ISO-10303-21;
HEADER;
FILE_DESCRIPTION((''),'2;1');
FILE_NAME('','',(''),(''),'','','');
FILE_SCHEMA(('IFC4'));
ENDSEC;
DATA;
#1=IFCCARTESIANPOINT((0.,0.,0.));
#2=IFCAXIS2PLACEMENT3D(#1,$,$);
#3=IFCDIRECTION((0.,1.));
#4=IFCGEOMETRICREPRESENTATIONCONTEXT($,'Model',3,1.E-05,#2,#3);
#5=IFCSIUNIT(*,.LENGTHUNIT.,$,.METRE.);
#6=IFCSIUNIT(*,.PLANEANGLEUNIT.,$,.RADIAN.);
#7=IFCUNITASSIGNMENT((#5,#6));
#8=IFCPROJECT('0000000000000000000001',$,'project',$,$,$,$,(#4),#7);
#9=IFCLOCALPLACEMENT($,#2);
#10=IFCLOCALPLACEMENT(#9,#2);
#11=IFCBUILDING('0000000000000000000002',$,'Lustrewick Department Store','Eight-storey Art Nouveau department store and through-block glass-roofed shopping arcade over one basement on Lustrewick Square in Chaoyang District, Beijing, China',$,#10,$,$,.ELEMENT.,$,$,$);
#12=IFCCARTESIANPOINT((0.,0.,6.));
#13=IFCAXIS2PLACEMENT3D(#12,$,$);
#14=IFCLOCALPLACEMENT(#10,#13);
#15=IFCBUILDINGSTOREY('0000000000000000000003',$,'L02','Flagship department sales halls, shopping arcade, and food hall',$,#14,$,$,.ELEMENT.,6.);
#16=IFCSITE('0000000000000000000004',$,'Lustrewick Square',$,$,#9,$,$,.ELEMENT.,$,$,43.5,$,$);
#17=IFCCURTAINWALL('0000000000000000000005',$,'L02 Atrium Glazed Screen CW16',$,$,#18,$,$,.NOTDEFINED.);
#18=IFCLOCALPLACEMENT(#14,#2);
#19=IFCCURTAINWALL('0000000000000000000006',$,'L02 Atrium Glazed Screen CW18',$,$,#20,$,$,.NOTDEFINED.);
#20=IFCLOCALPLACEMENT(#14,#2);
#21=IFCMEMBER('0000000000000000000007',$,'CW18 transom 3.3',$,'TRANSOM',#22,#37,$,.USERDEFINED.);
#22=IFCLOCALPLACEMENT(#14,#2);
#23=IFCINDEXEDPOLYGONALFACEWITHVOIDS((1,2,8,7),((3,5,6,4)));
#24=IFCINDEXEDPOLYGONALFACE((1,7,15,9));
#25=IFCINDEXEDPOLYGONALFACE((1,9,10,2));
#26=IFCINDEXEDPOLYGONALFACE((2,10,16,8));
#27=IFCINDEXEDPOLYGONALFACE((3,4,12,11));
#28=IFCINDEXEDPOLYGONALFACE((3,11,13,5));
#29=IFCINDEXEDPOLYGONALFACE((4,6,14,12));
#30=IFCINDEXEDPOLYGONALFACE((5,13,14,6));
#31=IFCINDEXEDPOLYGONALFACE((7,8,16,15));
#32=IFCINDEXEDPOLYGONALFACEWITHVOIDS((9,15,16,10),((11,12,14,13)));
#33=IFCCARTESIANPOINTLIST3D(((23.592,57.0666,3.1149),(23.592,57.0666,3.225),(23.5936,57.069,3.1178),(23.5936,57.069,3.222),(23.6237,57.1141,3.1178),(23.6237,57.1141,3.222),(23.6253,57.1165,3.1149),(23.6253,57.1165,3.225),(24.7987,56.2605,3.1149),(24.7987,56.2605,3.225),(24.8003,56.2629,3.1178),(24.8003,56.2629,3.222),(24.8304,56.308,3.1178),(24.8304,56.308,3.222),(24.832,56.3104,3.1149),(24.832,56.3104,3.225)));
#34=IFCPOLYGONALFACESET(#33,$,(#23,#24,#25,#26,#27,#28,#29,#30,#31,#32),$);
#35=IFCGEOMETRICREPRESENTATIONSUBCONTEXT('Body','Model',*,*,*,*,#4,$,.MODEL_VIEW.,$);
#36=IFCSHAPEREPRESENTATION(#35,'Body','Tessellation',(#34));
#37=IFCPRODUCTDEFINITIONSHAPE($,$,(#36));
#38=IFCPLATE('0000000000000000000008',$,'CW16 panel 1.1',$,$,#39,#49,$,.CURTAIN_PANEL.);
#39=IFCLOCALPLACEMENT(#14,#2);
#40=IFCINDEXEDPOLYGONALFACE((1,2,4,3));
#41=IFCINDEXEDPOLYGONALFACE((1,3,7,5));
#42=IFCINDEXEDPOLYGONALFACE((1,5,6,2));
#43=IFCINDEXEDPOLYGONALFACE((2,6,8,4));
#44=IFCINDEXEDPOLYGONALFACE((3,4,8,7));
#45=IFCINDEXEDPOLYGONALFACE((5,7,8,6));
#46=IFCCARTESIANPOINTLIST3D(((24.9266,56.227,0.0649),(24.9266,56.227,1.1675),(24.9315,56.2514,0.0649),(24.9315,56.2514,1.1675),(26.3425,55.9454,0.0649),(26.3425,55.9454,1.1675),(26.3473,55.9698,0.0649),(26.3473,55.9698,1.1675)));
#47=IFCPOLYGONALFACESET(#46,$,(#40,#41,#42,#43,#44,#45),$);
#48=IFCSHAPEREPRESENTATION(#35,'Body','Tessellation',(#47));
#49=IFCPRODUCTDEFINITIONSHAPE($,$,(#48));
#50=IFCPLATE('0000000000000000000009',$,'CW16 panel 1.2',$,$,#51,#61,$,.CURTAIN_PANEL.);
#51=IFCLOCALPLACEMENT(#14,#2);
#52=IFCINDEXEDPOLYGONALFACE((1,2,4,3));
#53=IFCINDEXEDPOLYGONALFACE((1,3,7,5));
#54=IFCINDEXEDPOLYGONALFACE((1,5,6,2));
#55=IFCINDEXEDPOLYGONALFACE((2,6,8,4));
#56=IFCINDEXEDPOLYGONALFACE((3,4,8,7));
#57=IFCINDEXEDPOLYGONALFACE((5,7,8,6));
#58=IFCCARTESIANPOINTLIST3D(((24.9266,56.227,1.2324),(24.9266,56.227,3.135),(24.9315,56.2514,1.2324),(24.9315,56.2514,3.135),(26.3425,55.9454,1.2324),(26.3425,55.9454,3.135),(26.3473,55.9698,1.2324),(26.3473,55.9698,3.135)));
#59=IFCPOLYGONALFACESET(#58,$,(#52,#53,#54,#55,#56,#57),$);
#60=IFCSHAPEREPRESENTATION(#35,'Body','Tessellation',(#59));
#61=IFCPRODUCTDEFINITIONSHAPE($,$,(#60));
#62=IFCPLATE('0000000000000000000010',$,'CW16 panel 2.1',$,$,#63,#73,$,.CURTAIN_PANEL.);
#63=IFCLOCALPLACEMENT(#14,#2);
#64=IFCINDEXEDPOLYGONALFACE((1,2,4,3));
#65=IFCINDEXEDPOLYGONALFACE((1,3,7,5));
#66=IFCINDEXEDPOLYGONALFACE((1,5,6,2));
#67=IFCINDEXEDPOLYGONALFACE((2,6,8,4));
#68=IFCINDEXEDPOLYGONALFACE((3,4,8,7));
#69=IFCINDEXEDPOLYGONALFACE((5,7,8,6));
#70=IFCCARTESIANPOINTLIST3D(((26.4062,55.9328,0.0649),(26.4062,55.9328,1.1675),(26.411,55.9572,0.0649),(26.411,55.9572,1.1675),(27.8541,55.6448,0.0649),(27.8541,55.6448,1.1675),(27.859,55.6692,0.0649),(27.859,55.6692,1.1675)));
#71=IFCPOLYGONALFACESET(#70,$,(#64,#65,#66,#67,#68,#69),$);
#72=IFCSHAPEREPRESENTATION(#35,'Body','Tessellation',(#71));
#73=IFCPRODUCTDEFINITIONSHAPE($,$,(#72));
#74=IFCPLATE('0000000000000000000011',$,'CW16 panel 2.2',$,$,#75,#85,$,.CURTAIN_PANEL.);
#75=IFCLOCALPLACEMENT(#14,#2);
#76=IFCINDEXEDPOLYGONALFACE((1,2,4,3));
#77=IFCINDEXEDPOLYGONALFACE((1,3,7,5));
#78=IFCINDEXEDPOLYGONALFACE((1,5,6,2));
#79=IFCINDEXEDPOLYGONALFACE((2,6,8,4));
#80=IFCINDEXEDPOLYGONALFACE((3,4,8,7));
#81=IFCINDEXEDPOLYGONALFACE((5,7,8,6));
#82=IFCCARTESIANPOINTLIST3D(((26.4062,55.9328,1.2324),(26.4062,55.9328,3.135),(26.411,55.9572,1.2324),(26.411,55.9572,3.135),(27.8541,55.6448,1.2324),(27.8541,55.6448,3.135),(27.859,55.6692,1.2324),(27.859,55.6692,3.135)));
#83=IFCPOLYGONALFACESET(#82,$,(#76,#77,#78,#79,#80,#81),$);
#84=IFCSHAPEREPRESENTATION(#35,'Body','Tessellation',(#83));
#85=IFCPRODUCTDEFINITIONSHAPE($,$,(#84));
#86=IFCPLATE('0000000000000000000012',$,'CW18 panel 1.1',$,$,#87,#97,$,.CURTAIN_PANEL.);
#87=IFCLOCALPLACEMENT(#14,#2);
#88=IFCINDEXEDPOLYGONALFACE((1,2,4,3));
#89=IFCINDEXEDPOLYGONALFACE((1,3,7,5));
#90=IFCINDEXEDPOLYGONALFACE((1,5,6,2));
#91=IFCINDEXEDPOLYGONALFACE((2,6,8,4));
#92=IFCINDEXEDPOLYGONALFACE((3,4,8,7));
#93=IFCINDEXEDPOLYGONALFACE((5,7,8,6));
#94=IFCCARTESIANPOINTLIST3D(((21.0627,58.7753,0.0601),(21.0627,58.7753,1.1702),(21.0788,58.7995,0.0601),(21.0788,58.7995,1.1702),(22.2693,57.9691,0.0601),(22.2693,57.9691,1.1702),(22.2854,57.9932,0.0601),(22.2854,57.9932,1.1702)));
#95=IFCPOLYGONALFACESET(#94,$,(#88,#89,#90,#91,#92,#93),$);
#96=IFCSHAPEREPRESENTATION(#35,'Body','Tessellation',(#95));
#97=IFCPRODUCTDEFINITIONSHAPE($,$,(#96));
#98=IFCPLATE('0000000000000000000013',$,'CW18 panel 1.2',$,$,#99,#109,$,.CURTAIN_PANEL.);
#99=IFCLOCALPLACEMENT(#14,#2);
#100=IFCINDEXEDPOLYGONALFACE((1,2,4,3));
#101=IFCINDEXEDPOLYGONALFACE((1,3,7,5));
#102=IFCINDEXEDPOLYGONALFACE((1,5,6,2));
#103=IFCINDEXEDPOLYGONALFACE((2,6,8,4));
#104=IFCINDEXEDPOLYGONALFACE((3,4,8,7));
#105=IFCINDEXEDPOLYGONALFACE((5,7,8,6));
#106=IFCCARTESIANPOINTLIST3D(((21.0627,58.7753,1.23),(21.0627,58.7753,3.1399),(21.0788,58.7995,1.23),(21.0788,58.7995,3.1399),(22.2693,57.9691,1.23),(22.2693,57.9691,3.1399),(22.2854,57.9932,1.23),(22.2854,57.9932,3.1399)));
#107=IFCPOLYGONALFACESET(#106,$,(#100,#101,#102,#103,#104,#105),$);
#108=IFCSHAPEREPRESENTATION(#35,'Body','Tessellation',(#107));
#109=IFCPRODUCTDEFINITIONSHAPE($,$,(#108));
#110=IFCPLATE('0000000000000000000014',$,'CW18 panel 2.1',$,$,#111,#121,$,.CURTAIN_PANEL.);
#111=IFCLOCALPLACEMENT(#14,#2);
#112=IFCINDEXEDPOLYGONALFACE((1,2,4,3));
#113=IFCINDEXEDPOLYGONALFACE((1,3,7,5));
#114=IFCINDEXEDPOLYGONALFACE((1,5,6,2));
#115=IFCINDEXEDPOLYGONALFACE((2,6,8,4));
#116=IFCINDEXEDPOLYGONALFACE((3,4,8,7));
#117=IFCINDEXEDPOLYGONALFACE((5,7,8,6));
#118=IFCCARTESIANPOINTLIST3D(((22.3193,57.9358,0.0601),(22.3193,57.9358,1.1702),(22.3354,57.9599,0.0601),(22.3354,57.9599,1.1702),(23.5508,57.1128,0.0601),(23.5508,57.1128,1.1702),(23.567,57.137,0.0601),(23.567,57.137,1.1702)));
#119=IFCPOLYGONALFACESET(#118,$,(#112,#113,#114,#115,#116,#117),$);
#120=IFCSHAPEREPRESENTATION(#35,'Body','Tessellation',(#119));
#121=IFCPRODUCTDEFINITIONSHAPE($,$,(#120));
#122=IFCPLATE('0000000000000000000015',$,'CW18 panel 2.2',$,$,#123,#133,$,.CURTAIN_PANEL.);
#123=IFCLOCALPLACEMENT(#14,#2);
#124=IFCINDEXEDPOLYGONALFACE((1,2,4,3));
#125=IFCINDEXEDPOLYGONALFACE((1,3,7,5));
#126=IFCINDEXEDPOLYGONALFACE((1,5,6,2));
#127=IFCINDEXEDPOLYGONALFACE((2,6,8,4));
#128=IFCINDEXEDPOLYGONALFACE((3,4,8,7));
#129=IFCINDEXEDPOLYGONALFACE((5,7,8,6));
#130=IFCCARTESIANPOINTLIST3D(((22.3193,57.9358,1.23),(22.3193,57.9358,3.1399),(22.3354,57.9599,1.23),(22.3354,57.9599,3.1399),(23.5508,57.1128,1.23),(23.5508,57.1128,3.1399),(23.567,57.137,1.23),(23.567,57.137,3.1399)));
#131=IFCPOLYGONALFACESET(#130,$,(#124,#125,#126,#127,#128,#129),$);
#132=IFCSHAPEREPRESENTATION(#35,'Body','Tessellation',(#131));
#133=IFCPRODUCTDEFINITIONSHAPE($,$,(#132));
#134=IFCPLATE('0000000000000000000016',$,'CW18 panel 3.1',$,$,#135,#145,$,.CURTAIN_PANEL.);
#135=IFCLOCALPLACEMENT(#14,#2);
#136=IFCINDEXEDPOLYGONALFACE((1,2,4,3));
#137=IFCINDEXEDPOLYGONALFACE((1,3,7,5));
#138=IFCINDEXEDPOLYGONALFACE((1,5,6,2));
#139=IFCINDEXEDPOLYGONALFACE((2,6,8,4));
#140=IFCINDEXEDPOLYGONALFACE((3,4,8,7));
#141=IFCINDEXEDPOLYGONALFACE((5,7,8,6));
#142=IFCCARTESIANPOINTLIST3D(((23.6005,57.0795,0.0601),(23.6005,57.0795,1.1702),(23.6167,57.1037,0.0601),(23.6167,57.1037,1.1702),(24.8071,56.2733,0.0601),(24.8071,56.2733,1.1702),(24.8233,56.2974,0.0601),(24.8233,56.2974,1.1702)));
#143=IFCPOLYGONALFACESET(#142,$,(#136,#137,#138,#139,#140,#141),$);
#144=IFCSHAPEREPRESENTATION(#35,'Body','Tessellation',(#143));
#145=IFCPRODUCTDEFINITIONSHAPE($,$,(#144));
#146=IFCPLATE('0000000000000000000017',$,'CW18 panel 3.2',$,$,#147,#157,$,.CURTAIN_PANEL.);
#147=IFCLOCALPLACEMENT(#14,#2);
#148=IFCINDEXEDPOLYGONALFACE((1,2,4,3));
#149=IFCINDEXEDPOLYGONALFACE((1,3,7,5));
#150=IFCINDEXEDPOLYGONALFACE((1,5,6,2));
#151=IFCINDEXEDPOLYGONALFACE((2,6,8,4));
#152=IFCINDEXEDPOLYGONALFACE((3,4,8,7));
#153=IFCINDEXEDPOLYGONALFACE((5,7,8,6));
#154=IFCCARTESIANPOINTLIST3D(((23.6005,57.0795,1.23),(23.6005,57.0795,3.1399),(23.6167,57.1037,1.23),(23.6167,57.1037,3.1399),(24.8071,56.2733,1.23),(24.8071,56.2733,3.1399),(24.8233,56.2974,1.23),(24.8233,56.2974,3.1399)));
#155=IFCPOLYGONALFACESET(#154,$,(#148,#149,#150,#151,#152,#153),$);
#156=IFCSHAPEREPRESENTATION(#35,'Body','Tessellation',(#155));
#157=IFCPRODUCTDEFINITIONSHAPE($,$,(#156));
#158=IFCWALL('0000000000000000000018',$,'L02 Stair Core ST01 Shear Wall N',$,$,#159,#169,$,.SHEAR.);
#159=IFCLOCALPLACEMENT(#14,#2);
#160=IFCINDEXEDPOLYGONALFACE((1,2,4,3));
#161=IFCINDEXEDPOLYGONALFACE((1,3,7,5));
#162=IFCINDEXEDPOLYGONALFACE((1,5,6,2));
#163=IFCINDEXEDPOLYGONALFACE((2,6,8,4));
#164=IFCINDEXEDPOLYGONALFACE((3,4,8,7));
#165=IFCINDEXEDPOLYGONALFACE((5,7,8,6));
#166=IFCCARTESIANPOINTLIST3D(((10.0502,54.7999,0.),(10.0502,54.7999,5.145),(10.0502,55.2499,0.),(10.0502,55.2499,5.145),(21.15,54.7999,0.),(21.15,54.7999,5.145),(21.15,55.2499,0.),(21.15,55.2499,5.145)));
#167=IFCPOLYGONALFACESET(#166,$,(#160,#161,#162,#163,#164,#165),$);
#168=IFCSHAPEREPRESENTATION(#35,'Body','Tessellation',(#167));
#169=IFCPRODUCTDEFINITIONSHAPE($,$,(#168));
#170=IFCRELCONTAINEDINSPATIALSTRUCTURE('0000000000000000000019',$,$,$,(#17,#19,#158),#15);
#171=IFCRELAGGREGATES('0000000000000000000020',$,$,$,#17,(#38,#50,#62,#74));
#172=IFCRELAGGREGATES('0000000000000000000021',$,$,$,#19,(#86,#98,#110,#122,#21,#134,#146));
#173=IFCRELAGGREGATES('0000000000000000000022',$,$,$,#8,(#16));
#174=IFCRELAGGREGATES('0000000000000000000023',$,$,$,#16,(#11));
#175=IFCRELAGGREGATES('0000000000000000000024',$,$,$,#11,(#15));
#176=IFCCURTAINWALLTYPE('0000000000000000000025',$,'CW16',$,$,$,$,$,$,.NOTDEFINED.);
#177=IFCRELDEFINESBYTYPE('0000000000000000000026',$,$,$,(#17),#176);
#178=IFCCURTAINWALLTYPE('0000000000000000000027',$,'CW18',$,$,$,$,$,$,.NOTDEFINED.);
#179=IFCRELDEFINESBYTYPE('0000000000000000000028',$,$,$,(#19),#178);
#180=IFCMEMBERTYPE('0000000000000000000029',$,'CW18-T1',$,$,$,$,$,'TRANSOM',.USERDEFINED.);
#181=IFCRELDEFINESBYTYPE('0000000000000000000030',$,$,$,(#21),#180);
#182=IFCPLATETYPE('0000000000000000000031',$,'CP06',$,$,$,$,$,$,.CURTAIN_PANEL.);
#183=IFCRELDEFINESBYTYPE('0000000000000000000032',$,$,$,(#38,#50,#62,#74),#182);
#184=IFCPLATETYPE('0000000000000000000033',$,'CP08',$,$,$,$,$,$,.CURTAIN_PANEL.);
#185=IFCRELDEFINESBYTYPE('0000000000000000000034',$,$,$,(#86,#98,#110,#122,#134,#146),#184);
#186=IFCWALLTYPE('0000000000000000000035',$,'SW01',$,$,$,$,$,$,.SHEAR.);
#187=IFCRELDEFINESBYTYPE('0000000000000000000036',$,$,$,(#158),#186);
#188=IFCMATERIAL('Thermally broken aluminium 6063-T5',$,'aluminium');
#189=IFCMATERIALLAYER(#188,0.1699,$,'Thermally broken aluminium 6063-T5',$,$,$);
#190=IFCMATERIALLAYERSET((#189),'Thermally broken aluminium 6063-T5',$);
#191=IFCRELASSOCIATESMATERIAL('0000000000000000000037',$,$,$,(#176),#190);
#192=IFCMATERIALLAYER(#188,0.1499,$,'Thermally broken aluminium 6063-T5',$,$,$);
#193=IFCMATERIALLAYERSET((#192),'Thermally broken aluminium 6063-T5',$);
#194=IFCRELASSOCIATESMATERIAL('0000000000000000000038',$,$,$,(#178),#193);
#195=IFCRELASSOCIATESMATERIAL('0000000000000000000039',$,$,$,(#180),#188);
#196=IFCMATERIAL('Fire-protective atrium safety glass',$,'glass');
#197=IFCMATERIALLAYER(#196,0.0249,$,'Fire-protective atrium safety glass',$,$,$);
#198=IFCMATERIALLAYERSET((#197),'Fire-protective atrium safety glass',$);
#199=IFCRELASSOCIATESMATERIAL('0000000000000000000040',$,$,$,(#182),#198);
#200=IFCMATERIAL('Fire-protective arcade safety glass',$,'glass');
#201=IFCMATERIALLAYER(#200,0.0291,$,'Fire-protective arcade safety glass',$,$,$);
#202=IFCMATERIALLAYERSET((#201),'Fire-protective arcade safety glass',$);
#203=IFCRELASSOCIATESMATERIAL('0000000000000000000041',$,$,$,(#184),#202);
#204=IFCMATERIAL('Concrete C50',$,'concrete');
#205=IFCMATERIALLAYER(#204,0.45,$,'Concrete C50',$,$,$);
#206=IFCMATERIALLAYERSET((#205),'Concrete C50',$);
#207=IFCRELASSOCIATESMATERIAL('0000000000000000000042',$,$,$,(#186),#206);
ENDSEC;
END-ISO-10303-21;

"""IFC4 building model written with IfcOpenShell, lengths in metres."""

from ifc_helpers import new_model, si_unit, direction, frame, frame_2d, origin, origin_2d, place, context, subcontext, project, spatial, rectangle, hollow_rectangle, extrude, material, layer, layer_set, material_profile, profile_set, type_object, element, aggregate, save


model = new_model("IFC4")

# Units and contexts
model_context = context("Model", 3, precision=1e-05, world=origin(), true_north=direction((0.0, 1.0)))
body_context = subcontext(model_context, "Body", "Model", "MODEL_VIEW")
ifc_project = project(units=[si_unit("LENGTHUNIT", "METRE"), si_unit("PLANEANGLEUNIT", "RADIAN")], contexts=[model_context])

# Site, building, storey
site_placement = place(None, origin())
site = spatial("IfcSite", under=ifc_project, at=site_placement, Name="Lustrewick Square", CompositionType="ELEMENT", RefElevation=43.5)
building_placement = place(site_placement, origin())
building = spatial("IfcBuilding", under=site, at=building_placement, Name="Lustrewick Department Store", Description="Eight-storey Art Nouveau department store and through-block glass-roofed shopping arcade over one basement on Lustrewick Square in Chaoyang District, Beijing, China", CompositionType="ELEMENT")
storey_placement = place(building_placement, frame((0.0, 0.0, 6.0)))
storey = spatial("IfcBuildingStorey", under=building, at=storey_placement, Name="L02", Description="Flagship department sales halls, shopping arcade, and food hall", CompositionType="ELEMENT", Elevation=6.0)

# Curtain walls, member
ifc_material_1 = material(Name="Thermally broken aluminium 6063-T5", Category="aluminium")
ifc_layer_1 = layer(ifc_material_1, 0.1699, Name="Thermally broken aluminium 6063-T5")
ifc_layer_set_1 = layer_set([ifc_layer_1], Name="Thermally broken aluminium 6063-T5")
curtain_wall_type_1 = type_object("IfcCurtainWallType", Name="CW16", PredefinedType="NOTDEFINED", material=ifc_layer_set_1)
curtain_wall_1_placement = place(storey_placement, origin())
curtain_wall_1 = element("IfcCurtainWall", 1, at=curtain_wall_1_placement, inside=storey, type_object=curtain_wall_type_1, Name="L02 Atrium Glazed Screen CW16", PredefinedType="NOTDEFINED")
ifc_layer_2 = layer(ifc_material_1, 0.1499, Name="Thermally broken aluminium 6063-T5")
ifc_layer_set_2 = layer_set([ifc_layer_2], Name="Thermally broken aluminium 6063-T5")
curtain_wall_type_2 = type_object("IfcCurtainWallType", Name="CW18", PredefinedType="NOTDEFINED", material=ifc_layer_set_2)
curtain_wall_2_placement = place(storey_placement, origin())
curtain_wall_2 = element("IfcCurtainWall", 2, at=curtain_wall_2_placement, inside=storey, type_object=curtain_wall_type_2, Name="L02 Atrium Glazed Screen CW18", PredefinedType="NOTDEFINED")
ifc_material_profile_1 = material_profile(ifc_material_1, hollow_rectangle(XDim=0.0601, YDim=0.1101, WallThickness=0.0029, at=origin_2d()), Name="ALU-T 60x110x3")
ifc_profile_set_1 = profile_set([ifc_material_profile_1], Name="Thermally broken aluminium 6063-T5")
member_type_1 = type_object("IfcMemberType", Name="CW18-T1", ElementType="TRANSOM", PredefinedType="USERDEFINED", material=ifc_profile_set_1)
member_1_placement = place(storey_placement, frame((23.6086, 57.0916, 3.1699), z_axis=(0.831532, -0.555476, 0.0), x_axis=(0.555476, 0.831532, 0.0)))
member_1 = element("IfcMember", 3, at=member_1_placement, type_object=member_type_1, Name="CW18 transom 3.3", ObjectType="TRANSOM", PredefinedType="USERDEFINED", context=body_context, shape_type="SweptSolid", body=[
    extrude(hollow_rectangle(XDim=0.0601, YDim=0.1101, WallThickness=0.0029, at=origin_2d()), origin(), (0.0, 0.0, 1.0), 1.4512),
])

# Plates
ifc_material_2 = material(Name="Fire-protective atrium safety glass", Category="glass")
ifc_layer_3 = layer(ifc_material_2, 0.0249, Name="Fire-protective atrium safety glass")
ifc_layer_set_3 = layer_set([ifc_layer_3], Name="Fire-protective atrium safety glass")
plate_type_1 = type_object("IfcPlateType", Name="CP06", PredefinedType="CURTAIN_PANEL", material=ifc_layer_set_3)
plate_1_placement = place(storey_placement, frame((25.637, 56.0984, 0.0649), z_axis=(0.0, 0.0, 1.0), x_axis=(0.980786, -0.195085, 0.0)))
plate_1 = element("IfcPlate", 4, at=plate_1_placement, type_object=plate_type_1, Name="CW16 panel 1.1", PredefinedType="CURTAIN_PANEL", context=body_context, shape_type="SweptSolid", body=[
    extrude(rectangle(XDim=1.4436, YDim=0.0249, at=origin_2d()), origin(), (0.0, 0.0, 1.0), 1.1025),
])
plate_2_placement = place(storey_placement, frame((25.637, 56.0984, 1.2324), z_axis=(0.0, 0.0, 1.0), x_axis=(0.980786, -0.195085, 0.0)))
plate_2 = element("IfcPlate", 5, at=plate_2_placement, type_object=plate_type_1, Name="CW16 panel 1.2", PredefinedType="CURTAIN_PANEL", context=body_context, shape_type="SweptSolid", body=[
    extrude(rectangle(XDim=1.4436, YDim=0.0249, at=origin_2d()), origin(), (0.0, 0.0, 1.0), 1.9026),
])
plate_3_placement = place(storey_placement, frame((27.1326, 55.801, 0.0649), z_axis=(0.0, 0.0, 1.0), x_axis=(0.980786, -0.195085, 0.0)))
plate_3 = element("IfcPlate", 6, at=plate_3_placement, type_object=plate_type_1, Name="CW16 panel 2.1", PredefinedType="CURTAIN_PANEL", context=body_context, shape_type="SweptSolid", body=[
    extrude(rectangle(XDim=1.4763, YDim=0.0249, at=origin_2d()), origin(), (0.0, 0.0, 1.0), 1.1025),
])
plate_4_placement = place(storey_placement, frame((27.1326, 55.801, 1.2324), z_axis=(0.0, 0.0, 1.0), x_axis=(0.980786, -0.195085, 0.0)))
plate_4 = element("IfcPlate", 7, at=plate_4_placement, type_object=plate_type_1, Name="CW16 panel 2.2", PredefinedType="CURTAIN_PANEL", context=body_context, shape_type="SweptSolid", body=[
    extrude(rectangle(XDim=1.4763, YDim=0.0249, at=origin_2d()), origin(), (0.0, 0.0, 1.0), 1.9026),
])
aggregate(curtain_wall_1, [plate_1, plate_2, plate_3, plate_4])
ifc_material_3 = material(Name="Fire-protective arcade safety glass", Category="glass")
ifc_layer_4 = layer(ifc_material_3, 0.0291, Name="Fire-protective arcade safety glass")
ifc_layer_set_4 = layer_set([ifc_layer_4], Name="Fire-protective arcade safety glass")
plate_type_2 = type_object("IfcPlateType", Name="CP08", PredefinedType="CURTAIN_PANEL", material=ifc_layer_set_4)
plate_5_placement = place(storey_placement, frame((21.6741, 58.3843, 0.0601), z_axis=(0.0, 0.0, 1.0), x_axis=(0.831464, -0.555578, 0.0)))
plate_5 = element("IfcPlate", 8, at=plate_5_placement, type_object=plate_type_2, Name="CW18 panel 1.1", PredefinedType="CURTAIN_PANEL", context=body_context, shape_type="SweptSolid", body=[
    extrude(rectangle(XDim=1.4512, YDim=0.0291, at=origin_2d()), origin(), (0.0, 0.0, 1.0), 1.1101),
])
plate_6_placement = place(storey_placement, frame((21.6741, 58.3843, 1.23), z_axis=(0.0, 0.0, 1.0), x_axis=(0.831464, -0.555578, 0.0)))
plate_6 = element("IfcPlate", 9, at=plate_6_placement, type_object=plate_type_2, Name="CW18 panel 1.2", PredefinedType="CURTAIN_PANEL", context=body_context, shape_type="SweptSolid", body=[
    extrude(rectangle(XDim=1.4512, YDim=0.0291, at=origin_2d()), origin(), (0.0, 0.0, 1.0), 1.9099),
])
plate_7_placement = place(storey_placement, frame((22.9431, 57.5364, 0.0601), z_axis=(0.0, 0.0, 1.0), x_axis=(0.831464, -0.555578, 0.0)))
plate_7 = element("IfcPlate", 10, at=plate_7_placement, type_object=plate_type_2, Name="CW18 panel 2.1", PredefinedType="CURTAIN_PANEL", context=body_context, shape_type="SweptSolid", body=[
    extrude(rectangle(XDim=1.4812, YDim=0.0291, at=origin_2d()), origin(), (0.0, 0.0, 1.0), 1.1101),
])
plate_8_placement = place(storey_placement, frame((22.9431, 57.5364, 1.23), z_axis=(0.0, 0.0, 1.0), x_axis=(0.831464, -0.555578, 0.0)))
plate_8 = element("IfcPlate", 11, at=plate_8_placement, type_object=plate_type_2, Name="CW18 panel 2.2", PredefinedType="CURTAIN_PANEL", context=body_context, shape_type="SweptSolid", body=[
    extrude(rectangle(XDim=1.4812, YDim=0.0291, at=origin_2d()), origin(), (0.0, 0.0, 1.0), 1.9099),
])
plate_9_placement = place(storey_placement, frame((24.2119, 56.6885, 0.0601), z_axis=(0.0, 0.0, 1.0), x_axis=(0.831464, -0.555578, 0.0)))
plate_9 = element("IfcPlate", 12, at=plate_9_placement, type_object=plate_type_2, Name="CW18 panel 3.1", PredefinedType="CURTAIN_PANEL", context=body_context, shape_type="SweptSolid", body=[
    extrude(rectangle(XDim=1.4512, YDim=0.0291, at=origin_2d()), origin(), (0.0, 0.0, 1.0), 1.1101),
])
plate_10_placement = place(storey_placement, frame((24.2119, 56.6885, 1.23), z_axis=(0.0, 0.0, 1.0), x_axis=(0.831464, -0.555578, 0.0)))
plate_10 = element("IfcPlate", 13, at=plate_10_placement, type_object=plate_type_2, Name="CW18 panel 3.2", PredefinedType="CURTAIN_PANEL", context=body_context, shape_type="SweptSolid", body=[
    extrude(rectangle(XDim=1.4512, YDim=0.0291, at=origin_2d()), origin(), (0.0, 0.0, 1.0), 1.9099),
])
aggregate(curtain_wall_2, [plate_5, plate_6, plate_7, plate_8, member_1, plate_9, plate_10])

# Wall
ifc_material_4 = material(Name="Concrete C50", Category="concrete")
ifc_layer_5 = layer(ifc_material_4, 0.45, Name="Concrete C50")
ifc_layer_set_5 = layer_set([ifc_layer_5], Name="Concrete C50")
wall_type = type_object("IfcWallType", Name="SW01", PredefinedType="SHEAR", material=ifc_layer_set_5)
wall_placement = place(storey_placement, frame((21.1499, 55.0249, 0.0), z_axis=(0.0, 0.0, 1.0), x_axis=(-1.0, 0.0, 0.0)))
element("IfcWall", 14, at=wall_placement, inside=storey, type_object=wall_type, Name="L02 Stair Core ST01 Shear Wall N", PredefinedType="SHEAR", context=body_context, shape_type="SweptSolid", body=[
    extrude(rectangle(XDim=11.0999, YDim=0.45, at=frame_2d((5.5498, 0.0))), origin(), (0.0, 0.0, 1.0), 5.145),
])

save(model, "model.ifc")
